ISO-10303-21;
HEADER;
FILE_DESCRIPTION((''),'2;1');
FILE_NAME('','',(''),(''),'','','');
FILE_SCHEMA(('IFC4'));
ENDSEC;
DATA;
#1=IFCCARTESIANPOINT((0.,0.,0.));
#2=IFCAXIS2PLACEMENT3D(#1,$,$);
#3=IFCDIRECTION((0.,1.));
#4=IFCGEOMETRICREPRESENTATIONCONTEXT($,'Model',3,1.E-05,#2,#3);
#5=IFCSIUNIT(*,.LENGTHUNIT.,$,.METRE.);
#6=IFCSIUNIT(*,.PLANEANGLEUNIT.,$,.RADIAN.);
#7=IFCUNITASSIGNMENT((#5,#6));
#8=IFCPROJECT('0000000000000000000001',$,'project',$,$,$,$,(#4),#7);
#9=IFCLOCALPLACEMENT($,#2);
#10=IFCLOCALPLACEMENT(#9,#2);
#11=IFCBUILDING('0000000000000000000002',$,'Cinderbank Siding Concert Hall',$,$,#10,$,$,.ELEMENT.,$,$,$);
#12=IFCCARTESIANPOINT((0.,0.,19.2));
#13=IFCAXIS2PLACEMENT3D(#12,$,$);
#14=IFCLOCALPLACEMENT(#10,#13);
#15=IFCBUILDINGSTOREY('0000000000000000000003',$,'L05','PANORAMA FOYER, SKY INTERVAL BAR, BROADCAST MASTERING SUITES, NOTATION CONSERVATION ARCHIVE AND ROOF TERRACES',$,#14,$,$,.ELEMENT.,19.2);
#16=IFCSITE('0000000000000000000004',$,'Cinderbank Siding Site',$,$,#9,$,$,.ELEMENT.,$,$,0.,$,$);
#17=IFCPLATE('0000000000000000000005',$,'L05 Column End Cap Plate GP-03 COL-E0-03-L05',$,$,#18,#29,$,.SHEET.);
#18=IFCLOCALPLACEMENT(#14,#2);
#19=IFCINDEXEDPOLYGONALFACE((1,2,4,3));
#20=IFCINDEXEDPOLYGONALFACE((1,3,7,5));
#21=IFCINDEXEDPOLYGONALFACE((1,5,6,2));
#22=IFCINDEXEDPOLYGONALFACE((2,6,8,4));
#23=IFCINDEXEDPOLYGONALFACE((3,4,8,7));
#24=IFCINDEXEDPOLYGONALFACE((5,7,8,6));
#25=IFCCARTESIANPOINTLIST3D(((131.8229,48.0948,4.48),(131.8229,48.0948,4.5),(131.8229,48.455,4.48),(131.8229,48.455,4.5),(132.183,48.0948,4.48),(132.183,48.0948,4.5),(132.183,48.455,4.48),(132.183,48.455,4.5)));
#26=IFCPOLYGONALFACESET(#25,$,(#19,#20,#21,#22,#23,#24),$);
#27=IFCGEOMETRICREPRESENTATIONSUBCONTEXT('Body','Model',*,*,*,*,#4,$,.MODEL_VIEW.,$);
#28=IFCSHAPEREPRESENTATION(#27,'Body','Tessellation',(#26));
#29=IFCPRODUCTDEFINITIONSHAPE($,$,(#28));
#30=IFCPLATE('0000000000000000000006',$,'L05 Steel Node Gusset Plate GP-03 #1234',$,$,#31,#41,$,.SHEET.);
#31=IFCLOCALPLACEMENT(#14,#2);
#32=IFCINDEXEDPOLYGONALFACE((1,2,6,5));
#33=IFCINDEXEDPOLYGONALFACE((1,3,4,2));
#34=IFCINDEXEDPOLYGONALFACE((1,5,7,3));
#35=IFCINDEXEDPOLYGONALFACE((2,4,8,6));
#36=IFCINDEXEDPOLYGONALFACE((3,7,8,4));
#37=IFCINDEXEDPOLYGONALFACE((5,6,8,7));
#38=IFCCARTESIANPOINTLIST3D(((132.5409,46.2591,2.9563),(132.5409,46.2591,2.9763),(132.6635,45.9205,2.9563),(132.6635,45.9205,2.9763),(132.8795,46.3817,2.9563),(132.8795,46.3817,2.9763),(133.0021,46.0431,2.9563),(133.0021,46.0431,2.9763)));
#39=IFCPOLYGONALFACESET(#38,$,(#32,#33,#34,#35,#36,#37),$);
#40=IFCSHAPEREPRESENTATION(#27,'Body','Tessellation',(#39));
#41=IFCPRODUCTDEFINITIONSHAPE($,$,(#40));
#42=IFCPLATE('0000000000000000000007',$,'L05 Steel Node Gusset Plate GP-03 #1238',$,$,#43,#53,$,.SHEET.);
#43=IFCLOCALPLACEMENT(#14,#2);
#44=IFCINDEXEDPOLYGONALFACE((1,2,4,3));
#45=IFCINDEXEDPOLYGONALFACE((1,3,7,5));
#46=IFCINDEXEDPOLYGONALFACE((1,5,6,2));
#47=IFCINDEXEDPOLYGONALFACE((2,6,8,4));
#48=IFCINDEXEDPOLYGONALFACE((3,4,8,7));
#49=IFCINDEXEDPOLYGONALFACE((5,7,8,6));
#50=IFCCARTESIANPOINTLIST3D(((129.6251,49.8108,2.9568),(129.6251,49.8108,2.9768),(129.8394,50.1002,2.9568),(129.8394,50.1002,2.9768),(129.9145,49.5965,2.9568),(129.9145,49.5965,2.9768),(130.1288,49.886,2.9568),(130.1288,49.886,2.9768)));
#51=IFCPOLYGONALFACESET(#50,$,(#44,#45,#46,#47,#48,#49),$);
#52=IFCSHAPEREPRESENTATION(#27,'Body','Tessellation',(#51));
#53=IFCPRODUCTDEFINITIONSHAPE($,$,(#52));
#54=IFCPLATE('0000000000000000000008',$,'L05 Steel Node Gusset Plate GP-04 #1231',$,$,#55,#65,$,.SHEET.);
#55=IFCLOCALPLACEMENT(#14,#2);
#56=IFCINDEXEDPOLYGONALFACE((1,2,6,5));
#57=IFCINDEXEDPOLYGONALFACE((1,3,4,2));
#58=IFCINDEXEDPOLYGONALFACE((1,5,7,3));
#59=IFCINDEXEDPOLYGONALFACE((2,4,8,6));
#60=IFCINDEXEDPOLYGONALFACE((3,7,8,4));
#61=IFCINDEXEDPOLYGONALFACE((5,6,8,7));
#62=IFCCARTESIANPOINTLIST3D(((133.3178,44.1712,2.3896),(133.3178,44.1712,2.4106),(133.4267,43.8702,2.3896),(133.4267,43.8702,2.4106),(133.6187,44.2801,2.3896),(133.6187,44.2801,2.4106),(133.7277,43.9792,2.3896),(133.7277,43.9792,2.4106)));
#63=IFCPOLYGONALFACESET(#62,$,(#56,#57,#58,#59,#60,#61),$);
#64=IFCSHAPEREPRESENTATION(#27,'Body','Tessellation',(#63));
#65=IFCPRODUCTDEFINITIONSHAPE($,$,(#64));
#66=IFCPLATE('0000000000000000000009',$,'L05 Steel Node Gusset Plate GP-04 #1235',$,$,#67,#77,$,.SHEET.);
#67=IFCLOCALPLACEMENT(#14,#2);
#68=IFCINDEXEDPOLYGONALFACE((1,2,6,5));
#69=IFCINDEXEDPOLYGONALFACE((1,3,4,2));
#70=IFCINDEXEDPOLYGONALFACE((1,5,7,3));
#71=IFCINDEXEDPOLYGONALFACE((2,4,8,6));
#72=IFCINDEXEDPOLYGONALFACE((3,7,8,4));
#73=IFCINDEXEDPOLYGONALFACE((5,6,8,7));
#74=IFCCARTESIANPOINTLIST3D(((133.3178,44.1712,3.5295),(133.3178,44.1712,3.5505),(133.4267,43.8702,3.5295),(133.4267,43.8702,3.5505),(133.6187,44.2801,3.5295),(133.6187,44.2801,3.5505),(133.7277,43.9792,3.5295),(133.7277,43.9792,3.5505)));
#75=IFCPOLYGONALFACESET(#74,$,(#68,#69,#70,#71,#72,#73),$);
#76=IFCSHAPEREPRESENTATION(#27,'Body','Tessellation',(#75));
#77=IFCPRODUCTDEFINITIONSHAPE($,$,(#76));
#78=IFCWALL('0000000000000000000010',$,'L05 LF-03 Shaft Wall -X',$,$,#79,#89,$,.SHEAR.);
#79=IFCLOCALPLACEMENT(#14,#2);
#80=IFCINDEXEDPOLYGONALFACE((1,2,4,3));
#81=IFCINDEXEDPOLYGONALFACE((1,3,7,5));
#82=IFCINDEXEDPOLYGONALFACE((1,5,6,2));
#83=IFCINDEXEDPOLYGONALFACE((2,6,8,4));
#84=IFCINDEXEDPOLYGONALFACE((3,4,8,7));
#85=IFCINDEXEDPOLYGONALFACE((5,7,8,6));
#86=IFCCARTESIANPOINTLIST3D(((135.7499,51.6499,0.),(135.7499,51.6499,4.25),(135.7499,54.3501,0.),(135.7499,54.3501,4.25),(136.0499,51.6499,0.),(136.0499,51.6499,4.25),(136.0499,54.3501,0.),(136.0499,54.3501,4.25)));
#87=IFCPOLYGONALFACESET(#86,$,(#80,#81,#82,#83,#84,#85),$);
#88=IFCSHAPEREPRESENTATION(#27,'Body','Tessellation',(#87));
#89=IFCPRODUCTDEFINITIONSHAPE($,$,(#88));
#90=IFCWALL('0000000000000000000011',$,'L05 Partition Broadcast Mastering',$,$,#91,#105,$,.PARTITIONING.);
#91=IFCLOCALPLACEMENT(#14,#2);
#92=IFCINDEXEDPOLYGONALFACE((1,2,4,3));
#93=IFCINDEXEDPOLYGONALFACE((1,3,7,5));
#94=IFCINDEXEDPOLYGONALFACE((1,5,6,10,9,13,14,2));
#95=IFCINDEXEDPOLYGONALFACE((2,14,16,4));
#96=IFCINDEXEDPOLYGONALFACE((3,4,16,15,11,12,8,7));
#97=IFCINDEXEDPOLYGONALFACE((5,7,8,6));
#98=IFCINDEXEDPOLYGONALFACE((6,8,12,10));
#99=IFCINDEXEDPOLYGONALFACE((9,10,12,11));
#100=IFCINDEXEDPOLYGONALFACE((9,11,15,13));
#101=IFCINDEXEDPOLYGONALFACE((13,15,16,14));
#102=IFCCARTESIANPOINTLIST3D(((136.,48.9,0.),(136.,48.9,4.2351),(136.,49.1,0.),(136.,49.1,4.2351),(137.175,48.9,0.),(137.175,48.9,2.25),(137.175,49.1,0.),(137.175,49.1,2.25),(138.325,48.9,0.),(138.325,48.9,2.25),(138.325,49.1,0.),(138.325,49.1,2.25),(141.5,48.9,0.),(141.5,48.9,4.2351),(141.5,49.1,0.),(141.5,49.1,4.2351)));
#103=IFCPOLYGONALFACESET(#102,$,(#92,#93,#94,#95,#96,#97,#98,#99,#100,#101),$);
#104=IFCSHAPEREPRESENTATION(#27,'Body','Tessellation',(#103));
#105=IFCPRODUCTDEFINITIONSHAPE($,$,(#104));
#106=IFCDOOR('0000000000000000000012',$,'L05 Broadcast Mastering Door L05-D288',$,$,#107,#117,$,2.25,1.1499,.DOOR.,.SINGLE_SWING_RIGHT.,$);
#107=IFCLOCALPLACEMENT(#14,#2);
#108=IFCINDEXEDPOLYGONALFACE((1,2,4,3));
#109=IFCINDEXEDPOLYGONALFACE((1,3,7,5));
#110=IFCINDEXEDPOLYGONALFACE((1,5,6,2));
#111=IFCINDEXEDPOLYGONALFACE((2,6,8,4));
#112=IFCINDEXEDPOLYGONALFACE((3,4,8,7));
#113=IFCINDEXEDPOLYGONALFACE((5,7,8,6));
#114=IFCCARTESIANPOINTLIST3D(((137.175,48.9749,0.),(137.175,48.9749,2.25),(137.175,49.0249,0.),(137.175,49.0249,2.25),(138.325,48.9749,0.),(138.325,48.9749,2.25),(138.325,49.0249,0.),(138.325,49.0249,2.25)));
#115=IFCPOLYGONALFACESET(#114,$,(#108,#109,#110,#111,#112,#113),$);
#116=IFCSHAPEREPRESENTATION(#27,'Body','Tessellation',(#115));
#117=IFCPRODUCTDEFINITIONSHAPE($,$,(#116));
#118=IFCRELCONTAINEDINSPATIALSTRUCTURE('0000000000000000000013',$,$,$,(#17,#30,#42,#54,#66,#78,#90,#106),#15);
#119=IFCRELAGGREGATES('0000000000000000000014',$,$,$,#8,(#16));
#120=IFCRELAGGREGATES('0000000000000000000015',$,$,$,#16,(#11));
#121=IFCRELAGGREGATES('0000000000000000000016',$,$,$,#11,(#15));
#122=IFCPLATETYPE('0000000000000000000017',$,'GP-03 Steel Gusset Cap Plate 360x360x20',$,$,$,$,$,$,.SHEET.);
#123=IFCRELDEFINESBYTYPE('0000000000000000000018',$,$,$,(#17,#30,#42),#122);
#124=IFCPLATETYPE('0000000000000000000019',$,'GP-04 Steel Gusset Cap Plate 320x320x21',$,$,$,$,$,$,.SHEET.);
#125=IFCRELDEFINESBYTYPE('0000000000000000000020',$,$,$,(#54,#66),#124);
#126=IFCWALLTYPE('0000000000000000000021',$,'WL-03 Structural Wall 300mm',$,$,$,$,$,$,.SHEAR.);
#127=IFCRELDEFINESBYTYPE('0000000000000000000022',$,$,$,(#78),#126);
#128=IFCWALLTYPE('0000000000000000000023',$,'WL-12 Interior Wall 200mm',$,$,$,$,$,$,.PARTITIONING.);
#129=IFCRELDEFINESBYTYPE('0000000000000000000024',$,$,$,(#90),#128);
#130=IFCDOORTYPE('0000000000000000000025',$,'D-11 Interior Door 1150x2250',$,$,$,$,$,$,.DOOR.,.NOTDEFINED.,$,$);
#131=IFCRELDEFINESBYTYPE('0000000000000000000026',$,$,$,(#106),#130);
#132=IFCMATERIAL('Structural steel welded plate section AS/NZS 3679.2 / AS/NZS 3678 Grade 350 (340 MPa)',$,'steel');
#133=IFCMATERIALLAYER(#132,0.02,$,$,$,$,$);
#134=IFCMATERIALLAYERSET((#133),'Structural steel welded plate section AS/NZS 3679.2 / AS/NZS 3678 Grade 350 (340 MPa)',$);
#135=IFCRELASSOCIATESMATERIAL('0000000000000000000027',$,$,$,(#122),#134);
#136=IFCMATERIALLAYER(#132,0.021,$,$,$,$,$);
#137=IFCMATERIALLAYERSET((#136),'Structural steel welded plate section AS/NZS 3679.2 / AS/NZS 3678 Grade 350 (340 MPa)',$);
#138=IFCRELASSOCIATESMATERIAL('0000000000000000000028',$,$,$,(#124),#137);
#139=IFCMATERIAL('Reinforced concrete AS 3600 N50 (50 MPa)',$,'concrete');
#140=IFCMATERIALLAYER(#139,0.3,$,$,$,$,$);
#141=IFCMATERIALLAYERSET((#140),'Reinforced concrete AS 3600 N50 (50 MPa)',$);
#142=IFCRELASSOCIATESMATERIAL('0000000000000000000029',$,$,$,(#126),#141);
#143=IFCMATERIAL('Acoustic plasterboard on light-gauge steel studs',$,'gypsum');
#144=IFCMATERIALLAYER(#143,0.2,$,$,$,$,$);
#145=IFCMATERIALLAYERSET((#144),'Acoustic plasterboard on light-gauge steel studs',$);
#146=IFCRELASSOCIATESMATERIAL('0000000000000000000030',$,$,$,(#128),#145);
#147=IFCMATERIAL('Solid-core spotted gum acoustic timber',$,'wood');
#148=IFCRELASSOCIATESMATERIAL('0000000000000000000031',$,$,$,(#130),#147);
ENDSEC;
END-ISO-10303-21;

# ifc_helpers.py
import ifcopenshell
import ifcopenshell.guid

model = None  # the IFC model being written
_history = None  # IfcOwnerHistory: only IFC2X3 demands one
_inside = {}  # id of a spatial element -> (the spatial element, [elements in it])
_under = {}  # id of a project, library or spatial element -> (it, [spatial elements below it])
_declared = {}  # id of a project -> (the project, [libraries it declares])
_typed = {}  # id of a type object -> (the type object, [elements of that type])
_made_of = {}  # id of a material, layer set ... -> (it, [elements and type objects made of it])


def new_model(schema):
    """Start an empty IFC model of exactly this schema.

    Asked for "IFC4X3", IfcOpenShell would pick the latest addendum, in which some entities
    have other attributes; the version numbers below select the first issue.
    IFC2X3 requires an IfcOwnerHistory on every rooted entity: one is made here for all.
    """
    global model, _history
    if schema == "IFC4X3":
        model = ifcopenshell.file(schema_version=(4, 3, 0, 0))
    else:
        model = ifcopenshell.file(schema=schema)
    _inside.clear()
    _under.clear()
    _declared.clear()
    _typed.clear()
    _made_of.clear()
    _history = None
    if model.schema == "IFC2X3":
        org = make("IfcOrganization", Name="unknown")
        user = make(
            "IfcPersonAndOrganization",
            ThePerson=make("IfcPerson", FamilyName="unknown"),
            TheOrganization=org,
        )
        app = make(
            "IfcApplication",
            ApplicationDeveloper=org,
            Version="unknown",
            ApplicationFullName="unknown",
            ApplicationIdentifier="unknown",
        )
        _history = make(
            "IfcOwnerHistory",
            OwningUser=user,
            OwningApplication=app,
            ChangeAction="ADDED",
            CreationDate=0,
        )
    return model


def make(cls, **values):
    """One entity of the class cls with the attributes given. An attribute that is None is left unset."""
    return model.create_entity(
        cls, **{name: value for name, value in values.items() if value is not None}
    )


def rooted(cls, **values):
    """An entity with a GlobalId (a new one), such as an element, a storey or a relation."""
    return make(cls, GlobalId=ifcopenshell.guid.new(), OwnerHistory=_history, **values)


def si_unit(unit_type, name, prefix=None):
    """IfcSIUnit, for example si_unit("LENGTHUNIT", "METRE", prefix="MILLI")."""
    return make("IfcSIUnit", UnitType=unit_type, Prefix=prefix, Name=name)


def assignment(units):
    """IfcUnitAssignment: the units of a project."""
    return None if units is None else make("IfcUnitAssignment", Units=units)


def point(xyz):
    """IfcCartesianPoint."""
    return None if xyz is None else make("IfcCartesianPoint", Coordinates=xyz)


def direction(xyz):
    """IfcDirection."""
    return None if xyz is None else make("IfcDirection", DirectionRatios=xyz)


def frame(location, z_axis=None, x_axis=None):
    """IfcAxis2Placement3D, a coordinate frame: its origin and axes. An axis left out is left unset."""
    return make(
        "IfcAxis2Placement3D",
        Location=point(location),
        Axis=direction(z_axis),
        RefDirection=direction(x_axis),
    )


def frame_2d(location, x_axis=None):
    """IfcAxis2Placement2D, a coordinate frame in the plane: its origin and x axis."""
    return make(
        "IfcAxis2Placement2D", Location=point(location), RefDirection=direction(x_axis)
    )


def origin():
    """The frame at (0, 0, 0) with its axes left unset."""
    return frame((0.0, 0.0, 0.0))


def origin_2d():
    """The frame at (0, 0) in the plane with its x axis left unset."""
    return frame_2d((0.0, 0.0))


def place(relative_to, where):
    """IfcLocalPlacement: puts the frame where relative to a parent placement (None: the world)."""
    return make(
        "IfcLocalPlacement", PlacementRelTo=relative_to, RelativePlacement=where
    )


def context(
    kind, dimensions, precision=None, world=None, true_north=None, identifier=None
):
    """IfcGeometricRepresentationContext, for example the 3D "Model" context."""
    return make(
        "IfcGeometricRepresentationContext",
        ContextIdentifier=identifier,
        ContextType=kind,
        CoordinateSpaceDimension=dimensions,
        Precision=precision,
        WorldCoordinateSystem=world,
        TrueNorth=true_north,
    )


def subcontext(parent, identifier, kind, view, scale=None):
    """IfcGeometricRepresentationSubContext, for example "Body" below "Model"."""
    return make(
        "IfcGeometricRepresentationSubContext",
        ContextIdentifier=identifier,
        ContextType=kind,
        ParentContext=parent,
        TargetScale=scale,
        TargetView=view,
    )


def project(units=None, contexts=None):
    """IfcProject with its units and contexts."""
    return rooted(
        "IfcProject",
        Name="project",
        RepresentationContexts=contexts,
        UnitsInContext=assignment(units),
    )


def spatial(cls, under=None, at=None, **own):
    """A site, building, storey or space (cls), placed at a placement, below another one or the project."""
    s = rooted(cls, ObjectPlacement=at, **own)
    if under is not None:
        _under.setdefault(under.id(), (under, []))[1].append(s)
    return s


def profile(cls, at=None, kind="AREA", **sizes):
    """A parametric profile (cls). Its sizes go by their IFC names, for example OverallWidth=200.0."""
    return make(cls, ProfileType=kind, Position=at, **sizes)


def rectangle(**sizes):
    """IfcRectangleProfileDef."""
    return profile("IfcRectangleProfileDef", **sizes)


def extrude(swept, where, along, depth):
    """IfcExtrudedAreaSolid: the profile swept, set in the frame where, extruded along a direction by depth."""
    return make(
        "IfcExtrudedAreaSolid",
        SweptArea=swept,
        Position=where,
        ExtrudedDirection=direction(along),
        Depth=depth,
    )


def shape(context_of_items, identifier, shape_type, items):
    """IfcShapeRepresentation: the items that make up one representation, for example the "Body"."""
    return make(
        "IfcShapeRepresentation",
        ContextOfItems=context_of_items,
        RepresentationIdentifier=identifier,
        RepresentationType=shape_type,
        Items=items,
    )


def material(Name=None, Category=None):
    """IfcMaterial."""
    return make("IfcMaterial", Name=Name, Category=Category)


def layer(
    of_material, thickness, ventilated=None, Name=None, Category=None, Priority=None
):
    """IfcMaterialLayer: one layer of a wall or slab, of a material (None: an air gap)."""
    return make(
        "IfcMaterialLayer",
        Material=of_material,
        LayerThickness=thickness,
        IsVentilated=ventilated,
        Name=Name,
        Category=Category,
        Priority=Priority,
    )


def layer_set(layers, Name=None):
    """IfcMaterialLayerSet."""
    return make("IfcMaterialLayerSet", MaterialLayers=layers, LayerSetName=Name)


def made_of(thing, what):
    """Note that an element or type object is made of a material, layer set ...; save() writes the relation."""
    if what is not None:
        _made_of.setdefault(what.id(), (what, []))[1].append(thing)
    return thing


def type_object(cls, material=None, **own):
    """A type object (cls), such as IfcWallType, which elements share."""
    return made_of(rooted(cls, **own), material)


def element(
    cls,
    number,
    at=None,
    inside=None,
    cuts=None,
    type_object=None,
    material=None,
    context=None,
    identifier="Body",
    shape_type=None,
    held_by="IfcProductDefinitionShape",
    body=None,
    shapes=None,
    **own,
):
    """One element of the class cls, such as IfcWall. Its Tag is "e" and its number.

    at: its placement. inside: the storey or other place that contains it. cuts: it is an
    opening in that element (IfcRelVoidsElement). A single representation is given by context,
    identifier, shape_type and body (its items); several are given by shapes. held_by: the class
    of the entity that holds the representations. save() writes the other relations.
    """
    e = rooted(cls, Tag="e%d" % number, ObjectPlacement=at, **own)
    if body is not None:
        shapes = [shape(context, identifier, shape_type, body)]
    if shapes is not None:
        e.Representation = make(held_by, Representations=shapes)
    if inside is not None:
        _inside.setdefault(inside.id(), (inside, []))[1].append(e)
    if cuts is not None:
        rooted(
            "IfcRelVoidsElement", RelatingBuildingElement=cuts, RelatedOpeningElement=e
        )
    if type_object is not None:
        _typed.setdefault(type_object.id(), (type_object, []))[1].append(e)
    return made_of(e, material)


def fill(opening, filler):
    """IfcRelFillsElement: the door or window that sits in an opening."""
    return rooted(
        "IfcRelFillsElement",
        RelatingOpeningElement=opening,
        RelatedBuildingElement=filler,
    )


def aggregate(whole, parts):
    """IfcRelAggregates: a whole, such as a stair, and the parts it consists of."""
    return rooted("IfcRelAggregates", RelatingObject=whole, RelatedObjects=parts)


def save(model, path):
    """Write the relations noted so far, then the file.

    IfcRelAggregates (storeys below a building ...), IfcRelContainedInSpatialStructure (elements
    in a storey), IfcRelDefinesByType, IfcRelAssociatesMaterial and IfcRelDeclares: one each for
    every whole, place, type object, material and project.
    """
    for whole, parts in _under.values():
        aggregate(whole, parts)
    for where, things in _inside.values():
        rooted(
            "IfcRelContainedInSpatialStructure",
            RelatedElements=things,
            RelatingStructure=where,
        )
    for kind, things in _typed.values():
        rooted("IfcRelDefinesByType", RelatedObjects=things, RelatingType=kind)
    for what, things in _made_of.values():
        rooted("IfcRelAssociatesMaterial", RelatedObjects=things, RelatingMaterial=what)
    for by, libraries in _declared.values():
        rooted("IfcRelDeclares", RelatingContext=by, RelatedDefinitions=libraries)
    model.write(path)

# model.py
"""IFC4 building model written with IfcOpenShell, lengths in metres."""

from ifc_helpers import new_model, si_unit, direction, frame, frame_2d, origin, origin_2d, place, context, subcontext, project, spatial, rectangle, extrude, material, layer, layer_set, type_object, element, fill, save


model = new_model("IFC4")

# Units and contexts
model_context = context("Model", 3, precision=1e-05, world=origin(), true_north=direction((0.0, 1.0)))
body_context = subcontext(model_context, "Body", "Model", "MODEL_VIEW")
ifc_project = project(units=[si_unit("LENGTHUNIT", "METRE"), si_unit("PLANEANGLEUNIT", "RADIAN")], contexts=[model_context])

# Site, building, storey
site_placement = place(None, origin())
site = spatial("IfcSite", under=ifc_project, at=site_placement, Name="Cinderbank Siding Site", CompositionType="ELEMENT", RefElevation=0.0)
building_placement = place(site_placement, origin())
building = spatial("IfcBuilding", under=site, at=building_placement, Name="Cinderbank Siding Concert Hall", CompositionType="ELEMENT")
storey_placement = place(building_placement, frame((0.0, 0.0, 19.2)))
storey = spatial("IfcBuildingStorey", under=building, at=storey_placement, Name="L05", Description="PANORAMA FOYER, SKY INTERVAL BAR, BROADCAST MASTERING SUITES, NOTATION CONSERVATION ARCHIVE AND ROOF TERRACES", CompositionType="ELEMENT", Elevation=19.2)

# Plates
ifc_material_1 = material(Name="Structural steel welded plate section AS/NZS 3679.2 / AS/NZS 3678 Grade 350 (340 MPa)", Category="steel")
ifc_layer_1 = layer(ifc_material_1, 0.02)
ifc_layer_set_1 = layer_set([ifc_layer_1], Name="Structural steel welded plate section AS/NZS 3679.2 / AS/NZS 3678 Grade 350 (340 MPa)")
plate_type_1 = type_object("IfcPlateType", Name="GP-03 Steel Gusset Cap Plate 360x360x20", PredefinedType="SHEET", material=ifc_layer_set_1)
for number, where, z_axis, x_axis, name in (
    (1, (132.0029, 48.2749, 4.48), (0.0, 0.0, 1.0), (1.0, 0.0, 0.0), "L05 Column End Cap Plate GP-03 COL-E0-03-L05"),
    (2, (132.7715, 46.1511, 2.9563), (0.0, 0.0, 1.0), (0.34038, -0.940288, 0.0), "L05 Steel Node Gusset Plate GP-03 #1234"),
    (3, (129.877, 49.8484, 2.9568), (0.0, 0.0, 1.0), (0.803753, -0.594963, 0.0), "L05 Steel Node Gusset Plate GP-03 #1238"),
):
    element("IfcPlate", number, at=place(storey_placement, frame(where, z_axis=z_axis, x_axis=x_axis)), inside=storey, type_object=plate_type_1, Name=name, PredefinedType="SHEET", context=body_context, shape_type="SweptSolid", body=[
        extrude(rectangle(XDim=0.3601, YDim=0.3601, at=origin_2d()), origin(), (0.0, 0.0, 1.0), 0.02),
    ])
ifc_layer_2 = layer(ifc_material_1, 0.021)
ifc_layer_set_2 = layer_set([ifc_layer_2], Name="Structural steel welded plate section AS/NZS 3679.2 / AS/NZS 3678 Grade 350 (340 MPa)")
plate_type_2 = type_object("IfcPlateType", Name="GP-04 Steel Gusset Cap Plate 320x320x21", PredefinedType="SHEET", material=ifc_layer_set_2)
for number, where, z_axis, x_axis, name in (
    (4, (133.5227, 44.0752, 2.3896), (0.0, 0.0, 1.0), (-0.34038, 0.940288, 0.0), "L05 Steel Node Gusset Plate GP-04 #1231"),
    (5, (133.5227, 44.0752, 3.5295), (0.0, 0.0, 1.0), (0.34038, -0.940288, 0.0), "L05 Steel Node Gusset Plate GP-04 #1235"),
):
    element("IfcPlate", number, at=place(storey_placement, frame(where, z_axis=z_axis, x_axis=x_axis)), inside=storey, type_object=plate_type_2, Name=name, PredefinedType="SHEET", context=body_context, shape_type="SweptSolid", body=[
        extrude(rectangle(XDim=0.3201, YDim=0.3201, at=origin_2d()), origin(), (0.0, 0.0, 1.0), 0.021),
    ])

# Wall
ifc_material_2 = material(Name="Reinforced concrete AS 3600 N50 (50 MPa)", Category="concrete")
ifc_layer_3 = layer(ifc_material_2, 0.3)
ifc_layer_set_3 = layer_set([ifc_layer_3], Name="Reinforced concrete AS 3600 N50 (50 MPa)")
wall_type_1 = type_object("IfcWallType", Name="WL-03 Structural Wall 300mm", PredefinedType="SHEAR", material=ifc_layer_set_3)
wall_1_placement = place(storey_placement, frame((135.8999, 51.6499, 0.0), z_axis=(0.0, 0.0, 1.0), x_axis=(0.0, 1.0, 0.0)))
element("IfcWall", 6, at=wall_1_placement, inside=storey, type_object=wall_type_1, Name="L05 LF-03 Shaft Wall -X", PredefinedType="SHEAR", context=body_context, shape_type="SweptSolid", body=[
    extrude(rectangle(XDim=2.7002, YDim=0.3, at=frame_2d((1.3501, 0.0))), origin(), (0.0, 0.0, 1.0), 4.25),
])

# Wall, opening, door
ifc_material_3 = material(Name="Acoustic plasterboard on light-gauge steel studs", Category="gypsum")
ifc_layer_4 = layer(ifc_material_3, 0.2)
ifc_layer_set_4 = layer_set([ifc_layer_4], Name="Acoustic plasterboard on light-gauge steel studs")
wall_type_2 = type_object("IfcWallType", Name="WL-12 Interior Wall 200mm", PredefinedType="PARTITIONING", material=ifc_layer_set_4)
wall_2_placement = place(storey_placement, frame((136.0, 49.0, 0.0), z_axis=(0.0, 0.0, 1.0), x_axis=(1.0, 0.0, 0.0)))
wall_2 = element("IfcWall", 7, at=wall_2_placement, inside=storey, type_object=wall_type_2, Name="L05 Partition Broadcast Mastering", PredefinedType="PARTITIONING", context=body_context, shape_type="SweptSolid", body=[
    extrude(rectangle(XDim=5.5, YDim=0.2, at=frame_2d((2.75, 0.0))), origin(), (0.0, 0.0, 1.0), 4.2351),
])
opening_placement = place(wall_2_placement, frame((1.175, 0.0, 0.0)))
opening = element("IfcOpeningElement", 8, at=opening_placement, cuts=wall_2, PredefinedType="OPENING", context=body_context, shape_type="SweptSolid", body=[
    extrude(rectangle(XDim=1.1499, YDim=2.25, at=frame_2d((0.575, 1.125))), frame((0.0, 0.1118, 0.0), z_axis=(0.0, -1.0, 0.0), x_axis=(1.0, 0.0, 0.0)), (0.0, 0.0, 1.0), 0.2239),
])
ifc_material_4 = material(Name="Solid-core spotted gum acoustic timber", Category="wood")
door_type = type_object("IfcDoorType", Name="D-11 Interior Door 1150x2250", OperationType="NOTDEFINED", PredefinedType="DOOR", material=ifc_material_4)
door_placement = place(opening_placement, origin())
door = element("IfcDoor", 9, at=door_placement, inside=storey, type_object=door_type, Name="L05 Broadcast Mastering Door L05-D288", OperationType="SINGLE_SWING_RIGHT", OverallHeight=2.25, OverallWidth=1.1499, PredefinedType="DOOR", context=body_context, shape_type="SweptSolid", body=[
    extrude(rectangle(XDim=1.1499, YDim=2.25, at=frame_2d((0.575, 1.125))), frame((0.0, 0.0249, 0.0), z_axis=(0.0, -1.0, 0.0), x_axis=(1.0, 0.0, 0.0)), (0.0, 0.0, 1.0), 0.05),
])
fill(opening, door)

save(model, "model.ifc")
